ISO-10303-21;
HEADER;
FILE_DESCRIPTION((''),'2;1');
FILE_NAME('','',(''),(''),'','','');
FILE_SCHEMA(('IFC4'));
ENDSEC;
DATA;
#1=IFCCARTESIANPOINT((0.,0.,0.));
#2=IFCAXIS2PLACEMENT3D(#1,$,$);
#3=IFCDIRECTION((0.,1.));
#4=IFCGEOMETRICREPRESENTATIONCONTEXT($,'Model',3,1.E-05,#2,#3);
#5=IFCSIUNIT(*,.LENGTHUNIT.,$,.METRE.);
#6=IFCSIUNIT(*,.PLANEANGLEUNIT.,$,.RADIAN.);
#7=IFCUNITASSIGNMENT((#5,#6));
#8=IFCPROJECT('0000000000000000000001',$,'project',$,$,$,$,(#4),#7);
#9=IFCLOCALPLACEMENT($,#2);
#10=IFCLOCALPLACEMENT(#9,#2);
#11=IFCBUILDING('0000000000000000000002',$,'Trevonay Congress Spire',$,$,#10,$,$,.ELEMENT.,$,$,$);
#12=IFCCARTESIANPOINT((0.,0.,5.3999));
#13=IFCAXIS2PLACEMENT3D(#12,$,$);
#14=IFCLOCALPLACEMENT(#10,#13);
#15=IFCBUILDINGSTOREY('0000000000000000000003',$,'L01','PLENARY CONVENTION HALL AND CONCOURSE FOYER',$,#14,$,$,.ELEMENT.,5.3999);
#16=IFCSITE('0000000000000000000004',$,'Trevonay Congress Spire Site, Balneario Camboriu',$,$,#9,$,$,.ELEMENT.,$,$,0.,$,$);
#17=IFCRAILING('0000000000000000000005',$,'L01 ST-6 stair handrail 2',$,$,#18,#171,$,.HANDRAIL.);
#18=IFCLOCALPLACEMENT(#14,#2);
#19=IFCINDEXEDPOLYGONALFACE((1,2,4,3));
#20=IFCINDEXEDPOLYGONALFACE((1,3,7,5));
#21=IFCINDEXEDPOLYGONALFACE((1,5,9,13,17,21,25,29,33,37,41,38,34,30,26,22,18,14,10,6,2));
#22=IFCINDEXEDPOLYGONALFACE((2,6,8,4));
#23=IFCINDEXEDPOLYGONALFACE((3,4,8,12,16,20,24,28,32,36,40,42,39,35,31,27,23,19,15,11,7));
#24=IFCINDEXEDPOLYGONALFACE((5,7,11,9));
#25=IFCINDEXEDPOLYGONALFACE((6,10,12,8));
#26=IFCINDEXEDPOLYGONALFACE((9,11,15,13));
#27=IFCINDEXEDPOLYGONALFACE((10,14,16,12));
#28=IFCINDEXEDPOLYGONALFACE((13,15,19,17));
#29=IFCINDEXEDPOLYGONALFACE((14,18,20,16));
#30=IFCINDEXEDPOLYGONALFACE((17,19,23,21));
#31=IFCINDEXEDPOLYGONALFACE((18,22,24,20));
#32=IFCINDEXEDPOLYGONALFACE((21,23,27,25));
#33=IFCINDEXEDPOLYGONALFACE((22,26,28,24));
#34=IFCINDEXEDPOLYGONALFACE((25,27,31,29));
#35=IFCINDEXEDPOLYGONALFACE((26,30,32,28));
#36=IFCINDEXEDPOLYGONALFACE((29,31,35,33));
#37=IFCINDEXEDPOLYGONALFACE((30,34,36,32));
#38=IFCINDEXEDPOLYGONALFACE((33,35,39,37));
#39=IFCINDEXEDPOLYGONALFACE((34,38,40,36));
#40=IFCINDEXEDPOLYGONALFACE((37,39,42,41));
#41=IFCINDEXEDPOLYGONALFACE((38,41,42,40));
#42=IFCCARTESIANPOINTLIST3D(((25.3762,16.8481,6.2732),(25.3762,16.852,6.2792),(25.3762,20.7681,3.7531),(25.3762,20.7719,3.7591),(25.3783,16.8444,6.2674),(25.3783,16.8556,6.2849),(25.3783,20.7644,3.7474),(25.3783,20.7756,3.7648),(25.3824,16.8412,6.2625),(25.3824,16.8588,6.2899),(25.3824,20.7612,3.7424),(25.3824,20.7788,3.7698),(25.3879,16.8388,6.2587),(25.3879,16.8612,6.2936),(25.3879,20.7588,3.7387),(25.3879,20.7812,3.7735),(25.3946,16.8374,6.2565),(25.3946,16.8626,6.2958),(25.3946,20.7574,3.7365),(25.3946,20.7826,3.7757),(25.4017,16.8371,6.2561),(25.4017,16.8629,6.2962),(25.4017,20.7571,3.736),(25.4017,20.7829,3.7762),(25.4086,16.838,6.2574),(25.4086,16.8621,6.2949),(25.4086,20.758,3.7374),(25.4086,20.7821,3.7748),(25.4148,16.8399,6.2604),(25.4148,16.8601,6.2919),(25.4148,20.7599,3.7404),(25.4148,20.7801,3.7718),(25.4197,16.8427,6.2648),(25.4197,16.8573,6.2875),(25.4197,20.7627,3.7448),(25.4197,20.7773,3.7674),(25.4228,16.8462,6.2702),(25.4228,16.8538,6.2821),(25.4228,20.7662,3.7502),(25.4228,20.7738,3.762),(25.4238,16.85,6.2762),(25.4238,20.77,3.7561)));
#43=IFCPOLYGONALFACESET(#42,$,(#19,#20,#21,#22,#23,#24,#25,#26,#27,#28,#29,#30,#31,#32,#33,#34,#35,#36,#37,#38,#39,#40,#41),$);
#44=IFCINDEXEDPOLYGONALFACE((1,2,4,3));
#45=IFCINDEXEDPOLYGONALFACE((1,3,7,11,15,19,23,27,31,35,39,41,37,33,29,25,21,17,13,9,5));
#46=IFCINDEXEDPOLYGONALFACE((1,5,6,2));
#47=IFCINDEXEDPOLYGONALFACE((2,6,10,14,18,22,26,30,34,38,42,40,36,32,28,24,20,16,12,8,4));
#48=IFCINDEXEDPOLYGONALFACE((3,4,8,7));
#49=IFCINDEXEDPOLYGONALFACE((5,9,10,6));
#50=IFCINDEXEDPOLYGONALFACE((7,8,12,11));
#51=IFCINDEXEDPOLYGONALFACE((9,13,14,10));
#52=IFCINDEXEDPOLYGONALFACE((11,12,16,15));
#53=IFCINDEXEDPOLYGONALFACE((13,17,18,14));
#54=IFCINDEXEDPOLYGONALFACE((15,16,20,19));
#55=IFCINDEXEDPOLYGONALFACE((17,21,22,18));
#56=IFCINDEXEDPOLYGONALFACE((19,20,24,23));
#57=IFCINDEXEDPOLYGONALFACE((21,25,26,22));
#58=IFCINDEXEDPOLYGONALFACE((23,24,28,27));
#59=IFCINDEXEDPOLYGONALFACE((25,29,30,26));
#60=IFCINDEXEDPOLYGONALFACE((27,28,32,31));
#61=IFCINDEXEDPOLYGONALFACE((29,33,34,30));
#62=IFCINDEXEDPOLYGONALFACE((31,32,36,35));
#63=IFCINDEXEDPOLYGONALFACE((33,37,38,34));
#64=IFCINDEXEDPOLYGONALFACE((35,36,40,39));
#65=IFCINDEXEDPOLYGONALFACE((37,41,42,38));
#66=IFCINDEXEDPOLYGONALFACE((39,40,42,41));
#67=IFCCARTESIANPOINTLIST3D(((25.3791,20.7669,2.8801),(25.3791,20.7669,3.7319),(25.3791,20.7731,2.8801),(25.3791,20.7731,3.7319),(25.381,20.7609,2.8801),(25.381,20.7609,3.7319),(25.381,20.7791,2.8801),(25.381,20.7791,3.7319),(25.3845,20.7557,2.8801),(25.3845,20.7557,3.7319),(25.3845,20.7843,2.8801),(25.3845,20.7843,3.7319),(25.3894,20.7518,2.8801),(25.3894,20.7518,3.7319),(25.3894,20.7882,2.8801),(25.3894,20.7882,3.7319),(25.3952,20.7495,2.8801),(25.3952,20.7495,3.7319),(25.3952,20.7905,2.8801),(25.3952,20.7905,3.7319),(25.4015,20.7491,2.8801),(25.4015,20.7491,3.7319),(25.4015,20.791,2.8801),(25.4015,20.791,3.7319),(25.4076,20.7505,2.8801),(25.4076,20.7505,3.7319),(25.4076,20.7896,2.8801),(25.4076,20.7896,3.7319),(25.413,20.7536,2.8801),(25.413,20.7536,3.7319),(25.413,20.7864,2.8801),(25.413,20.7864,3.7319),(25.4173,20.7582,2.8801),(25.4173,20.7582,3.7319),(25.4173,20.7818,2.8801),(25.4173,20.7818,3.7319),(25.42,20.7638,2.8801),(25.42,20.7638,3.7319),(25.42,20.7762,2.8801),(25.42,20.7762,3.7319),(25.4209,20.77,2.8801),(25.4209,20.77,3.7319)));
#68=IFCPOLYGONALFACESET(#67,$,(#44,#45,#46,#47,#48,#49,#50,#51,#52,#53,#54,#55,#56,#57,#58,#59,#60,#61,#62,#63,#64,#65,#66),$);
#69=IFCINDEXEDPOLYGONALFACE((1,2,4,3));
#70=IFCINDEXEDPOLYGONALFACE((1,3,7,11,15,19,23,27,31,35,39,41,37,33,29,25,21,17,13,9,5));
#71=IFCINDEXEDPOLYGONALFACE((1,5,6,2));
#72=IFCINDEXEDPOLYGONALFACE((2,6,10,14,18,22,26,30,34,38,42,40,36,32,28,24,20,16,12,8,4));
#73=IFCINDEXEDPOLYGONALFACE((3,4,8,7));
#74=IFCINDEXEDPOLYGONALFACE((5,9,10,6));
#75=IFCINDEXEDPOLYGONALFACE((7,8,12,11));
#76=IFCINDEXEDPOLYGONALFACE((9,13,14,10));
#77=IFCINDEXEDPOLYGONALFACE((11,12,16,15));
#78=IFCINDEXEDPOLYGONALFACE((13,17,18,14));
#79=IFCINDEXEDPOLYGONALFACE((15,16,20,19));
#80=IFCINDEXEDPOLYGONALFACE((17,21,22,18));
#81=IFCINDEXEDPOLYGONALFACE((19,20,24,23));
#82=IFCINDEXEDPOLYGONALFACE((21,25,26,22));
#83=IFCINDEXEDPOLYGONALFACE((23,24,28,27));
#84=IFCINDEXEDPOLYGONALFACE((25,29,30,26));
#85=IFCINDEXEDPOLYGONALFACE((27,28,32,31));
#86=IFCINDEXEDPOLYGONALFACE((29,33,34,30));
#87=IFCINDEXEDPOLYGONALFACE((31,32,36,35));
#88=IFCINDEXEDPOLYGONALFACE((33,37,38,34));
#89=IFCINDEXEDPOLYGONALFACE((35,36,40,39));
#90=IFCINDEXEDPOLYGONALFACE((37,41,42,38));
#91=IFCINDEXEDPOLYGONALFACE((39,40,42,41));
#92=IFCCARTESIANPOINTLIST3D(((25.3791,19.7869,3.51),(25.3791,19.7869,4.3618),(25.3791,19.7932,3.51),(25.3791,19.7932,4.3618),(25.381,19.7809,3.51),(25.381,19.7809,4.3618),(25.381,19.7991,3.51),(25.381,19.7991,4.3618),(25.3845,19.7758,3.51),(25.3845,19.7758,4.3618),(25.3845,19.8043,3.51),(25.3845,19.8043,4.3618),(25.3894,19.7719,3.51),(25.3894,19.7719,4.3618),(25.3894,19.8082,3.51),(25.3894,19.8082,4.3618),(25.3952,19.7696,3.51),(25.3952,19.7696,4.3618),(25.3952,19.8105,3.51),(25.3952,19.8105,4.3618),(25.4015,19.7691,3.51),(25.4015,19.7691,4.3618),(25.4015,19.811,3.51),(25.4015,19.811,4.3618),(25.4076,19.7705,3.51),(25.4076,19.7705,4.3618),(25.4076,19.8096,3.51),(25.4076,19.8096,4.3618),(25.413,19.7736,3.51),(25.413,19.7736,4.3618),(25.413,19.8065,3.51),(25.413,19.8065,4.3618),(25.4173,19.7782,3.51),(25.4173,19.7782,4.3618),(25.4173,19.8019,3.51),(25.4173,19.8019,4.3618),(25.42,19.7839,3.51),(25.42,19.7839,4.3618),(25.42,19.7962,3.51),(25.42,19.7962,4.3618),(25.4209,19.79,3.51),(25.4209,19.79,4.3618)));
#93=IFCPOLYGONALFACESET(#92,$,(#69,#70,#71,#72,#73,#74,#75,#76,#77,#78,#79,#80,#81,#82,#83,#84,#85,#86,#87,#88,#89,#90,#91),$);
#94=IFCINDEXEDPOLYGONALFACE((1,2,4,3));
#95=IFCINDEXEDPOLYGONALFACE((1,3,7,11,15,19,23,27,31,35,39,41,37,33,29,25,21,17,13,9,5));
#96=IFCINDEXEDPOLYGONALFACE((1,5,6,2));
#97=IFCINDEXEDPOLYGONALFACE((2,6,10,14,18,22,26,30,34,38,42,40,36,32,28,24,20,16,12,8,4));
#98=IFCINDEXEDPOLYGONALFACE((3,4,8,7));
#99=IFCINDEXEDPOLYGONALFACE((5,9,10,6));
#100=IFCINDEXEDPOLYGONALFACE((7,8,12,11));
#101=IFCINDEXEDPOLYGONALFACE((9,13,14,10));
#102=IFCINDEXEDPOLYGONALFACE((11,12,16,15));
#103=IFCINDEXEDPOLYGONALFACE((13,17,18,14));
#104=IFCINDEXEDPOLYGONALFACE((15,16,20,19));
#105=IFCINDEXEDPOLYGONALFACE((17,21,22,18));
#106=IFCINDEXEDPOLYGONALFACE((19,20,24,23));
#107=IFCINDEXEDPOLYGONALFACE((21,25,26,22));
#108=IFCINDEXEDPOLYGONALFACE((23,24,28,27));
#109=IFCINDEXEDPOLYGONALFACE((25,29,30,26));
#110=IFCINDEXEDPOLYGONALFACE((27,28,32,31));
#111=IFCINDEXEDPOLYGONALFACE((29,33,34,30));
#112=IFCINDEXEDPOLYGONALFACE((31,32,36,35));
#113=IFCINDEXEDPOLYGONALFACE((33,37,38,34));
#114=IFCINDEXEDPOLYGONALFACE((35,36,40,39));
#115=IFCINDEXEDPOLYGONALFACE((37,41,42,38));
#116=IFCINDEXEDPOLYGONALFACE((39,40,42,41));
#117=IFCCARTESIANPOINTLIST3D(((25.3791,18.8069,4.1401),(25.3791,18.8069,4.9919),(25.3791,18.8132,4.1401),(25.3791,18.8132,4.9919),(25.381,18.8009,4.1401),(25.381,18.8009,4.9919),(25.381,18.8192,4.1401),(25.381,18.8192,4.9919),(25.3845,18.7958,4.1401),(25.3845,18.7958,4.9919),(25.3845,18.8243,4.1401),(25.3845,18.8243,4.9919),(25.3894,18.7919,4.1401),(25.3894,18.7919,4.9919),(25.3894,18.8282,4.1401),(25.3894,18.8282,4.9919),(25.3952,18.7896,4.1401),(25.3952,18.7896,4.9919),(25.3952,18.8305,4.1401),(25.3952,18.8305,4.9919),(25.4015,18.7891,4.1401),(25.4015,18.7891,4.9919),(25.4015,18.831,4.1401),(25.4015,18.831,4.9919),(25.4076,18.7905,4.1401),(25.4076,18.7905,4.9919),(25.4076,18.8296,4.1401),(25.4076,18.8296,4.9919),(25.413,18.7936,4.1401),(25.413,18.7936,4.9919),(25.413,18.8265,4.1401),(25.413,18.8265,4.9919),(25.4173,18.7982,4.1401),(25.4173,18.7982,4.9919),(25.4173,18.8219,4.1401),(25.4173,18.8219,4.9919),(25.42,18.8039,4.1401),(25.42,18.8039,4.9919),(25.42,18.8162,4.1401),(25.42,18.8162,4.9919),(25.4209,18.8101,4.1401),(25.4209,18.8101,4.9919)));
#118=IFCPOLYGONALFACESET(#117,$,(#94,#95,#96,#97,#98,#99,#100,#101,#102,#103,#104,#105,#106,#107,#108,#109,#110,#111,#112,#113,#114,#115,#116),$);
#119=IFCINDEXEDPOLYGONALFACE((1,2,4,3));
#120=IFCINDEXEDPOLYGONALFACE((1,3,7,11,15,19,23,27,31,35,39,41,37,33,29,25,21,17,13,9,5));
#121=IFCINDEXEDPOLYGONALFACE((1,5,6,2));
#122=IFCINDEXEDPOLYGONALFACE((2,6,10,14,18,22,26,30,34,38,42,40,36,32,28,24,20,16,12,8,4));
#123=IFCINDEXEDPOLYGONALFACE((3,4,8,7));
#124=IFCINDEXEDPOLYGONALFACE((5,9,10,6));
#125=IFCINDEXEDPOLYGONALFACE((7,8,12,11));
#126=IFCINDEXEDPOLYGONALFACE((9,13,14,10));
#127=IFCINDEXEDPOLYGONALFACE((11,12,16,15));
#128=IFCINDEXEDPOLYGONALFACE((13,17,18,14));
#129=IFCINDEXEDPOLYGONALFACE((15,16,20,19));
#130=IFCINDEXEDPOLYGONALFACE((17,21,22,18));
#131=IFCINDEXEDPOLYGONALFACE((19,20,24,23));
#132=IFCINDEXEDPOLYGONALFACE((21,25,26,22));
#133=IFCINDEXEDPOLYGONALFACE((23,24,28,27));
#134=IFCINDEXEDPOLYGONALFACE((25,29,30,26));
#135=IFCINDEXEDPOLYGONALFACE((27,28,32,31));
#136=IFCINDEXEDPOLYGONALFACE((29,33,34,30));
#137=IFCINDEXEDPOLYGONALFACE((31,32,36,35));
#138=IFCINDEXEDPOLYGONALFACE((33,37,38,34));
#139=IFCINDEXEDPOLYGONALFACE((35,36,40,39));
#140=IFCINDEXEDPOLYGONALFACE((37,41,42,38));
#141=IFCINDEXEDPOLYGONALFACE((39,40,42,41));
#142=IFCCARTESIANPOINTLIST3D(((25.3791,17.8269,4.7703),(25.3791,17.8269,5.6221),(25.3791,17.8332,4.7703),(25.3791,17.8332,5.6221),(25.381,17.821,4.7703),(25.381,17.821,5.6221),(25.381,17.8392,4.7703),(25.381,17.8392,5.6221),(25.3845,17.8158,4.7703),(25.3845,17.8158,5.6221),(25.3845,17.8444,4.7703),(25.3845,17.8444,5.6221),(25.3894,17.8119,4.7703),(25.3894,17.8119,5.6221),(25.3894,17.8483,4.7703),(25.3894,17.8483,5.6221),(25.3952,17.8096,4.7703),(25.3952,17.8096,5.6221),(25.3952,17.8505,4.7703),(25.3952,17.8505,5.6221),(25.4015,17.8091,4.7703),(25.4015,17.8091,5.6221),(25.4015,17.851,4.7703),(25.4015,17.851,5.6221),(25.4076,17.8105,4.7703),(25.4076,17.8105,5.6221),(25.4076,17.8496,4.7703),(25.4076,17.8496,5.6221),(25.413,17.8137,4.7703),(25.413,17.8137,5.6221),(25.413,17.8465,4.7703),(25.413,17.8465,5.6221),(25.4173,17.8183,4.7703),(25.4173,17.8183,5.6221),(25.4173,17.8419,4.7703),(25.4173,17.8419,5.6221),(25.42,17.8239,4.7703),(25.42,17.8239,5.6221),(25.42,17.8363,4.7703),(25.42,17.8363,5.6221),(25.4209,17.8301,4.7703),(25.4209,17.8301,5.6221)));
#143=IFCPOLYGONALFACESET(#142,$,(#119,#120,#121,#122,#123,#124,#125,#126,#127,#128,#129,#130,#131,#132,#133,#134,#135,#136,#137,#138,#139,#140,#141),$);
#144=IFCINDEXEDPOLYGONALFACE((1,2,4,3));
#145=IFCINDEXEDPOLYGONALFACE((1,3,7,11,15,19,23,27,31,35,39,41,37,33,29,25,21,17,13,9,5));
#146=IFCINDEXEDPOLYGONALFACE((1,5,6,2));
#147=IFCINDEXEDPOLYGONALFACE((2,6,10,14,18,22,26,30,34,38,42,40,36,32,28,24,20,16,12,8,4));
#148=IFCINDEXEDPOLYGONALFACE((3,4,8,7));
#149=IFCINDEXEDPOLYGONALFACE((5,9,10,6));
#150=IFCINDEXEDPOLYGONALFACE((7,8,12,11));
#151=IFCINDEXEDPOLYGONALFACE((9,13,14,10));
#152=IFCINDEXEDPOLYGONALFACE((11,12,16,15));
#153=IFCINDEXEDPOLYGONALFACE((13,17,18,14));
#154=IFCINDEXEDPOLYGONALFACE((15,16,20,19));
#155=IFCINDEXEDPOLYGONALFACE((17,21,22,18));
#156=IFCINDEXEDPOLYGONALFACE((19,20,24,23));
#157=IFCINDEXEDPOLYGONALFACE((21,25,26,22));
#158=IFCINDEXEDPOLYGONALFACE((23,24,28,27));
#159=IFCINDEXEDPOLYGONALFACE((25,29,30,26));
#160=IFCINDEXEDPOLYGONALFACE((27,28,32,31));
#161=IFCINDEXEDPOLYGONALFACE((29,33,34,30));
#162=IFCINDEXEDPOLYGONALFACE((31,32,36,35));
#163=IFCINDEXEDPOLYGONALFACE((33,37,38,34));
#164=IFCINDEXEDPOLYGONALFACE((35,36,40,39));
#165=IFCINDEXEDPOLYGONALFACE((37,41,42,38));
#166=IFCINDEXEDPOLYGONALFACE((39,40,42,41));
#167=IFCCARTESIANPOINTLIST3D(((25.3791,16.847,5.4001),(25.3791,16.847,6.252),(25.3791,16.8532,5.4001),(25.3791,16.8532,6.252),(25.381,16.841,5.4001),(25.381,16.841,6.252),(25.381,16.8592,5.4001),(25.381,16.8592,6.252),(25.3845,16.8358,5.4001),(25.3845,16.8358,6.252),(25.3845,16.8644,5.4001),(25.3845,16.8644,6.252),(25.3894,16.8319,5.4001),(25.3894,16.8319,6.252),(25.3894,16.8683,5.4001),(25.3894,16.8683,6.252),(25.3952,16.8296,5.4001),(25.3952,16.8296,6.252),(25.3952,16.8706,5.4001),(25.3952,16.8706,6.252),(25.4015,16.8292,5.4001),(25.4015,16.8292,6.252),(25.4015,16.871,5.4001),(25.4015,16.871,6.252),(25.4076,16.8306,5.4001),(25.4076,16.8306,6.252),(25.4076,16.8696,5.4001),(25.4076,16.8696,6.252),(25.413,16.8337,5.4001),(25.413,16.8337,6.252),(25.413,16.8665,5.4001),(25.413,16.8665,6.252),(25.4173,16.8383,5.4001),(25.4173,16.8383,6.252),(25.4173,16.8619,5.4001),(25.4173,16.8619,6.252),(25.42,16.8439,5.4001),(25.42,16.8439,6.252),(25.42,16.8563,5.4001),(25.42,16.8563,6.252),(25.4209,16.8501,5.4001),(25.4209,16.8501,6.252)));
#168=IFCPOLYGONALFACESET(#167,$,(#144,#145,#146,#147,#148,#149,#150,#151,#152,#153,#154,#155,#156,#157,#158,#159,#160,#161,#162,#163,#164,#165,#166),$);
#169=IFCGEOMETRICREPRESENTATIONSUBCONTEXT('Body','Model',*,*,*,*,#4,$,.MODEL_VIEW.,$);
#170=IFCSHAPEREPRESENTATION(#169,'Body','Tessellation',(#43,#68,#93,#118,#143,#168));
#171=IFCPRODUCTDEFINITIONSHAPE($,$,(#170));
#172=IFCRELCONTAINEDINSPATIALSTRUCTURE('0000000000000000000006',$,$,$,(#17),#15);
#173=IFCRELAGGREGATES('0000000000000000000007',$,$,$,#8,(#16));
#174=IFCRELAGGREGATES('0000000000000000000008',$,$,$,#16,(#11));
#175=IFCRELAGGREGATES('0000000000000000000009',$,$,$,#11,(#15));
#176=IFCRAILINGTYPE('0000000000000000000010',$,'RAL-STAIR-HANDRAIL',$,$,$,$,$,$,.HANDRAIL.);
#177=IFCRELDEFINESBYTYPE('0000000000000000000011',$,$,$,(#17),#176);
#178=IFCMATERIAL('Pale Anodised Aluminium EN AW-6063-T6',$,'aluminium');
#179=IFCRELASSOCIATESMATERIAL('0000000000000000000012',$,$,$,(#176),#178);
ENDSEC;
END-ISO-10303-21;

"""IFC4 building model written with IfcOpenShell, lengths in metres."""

from ifc_helpers import new_model, si_unit, direction, frame, origin, origin_2d, place, context, subcontext, project, spatial, circle, extrude, material, type_object, element, save


model = new_model("IFC4")

# Units and contexts
model_context = context("Model", 3, precision=1e-05, world=origin(), true_north=direction((0.0, 1.0)))
body_context = subcontext(model_context, "Body", "Model", "MODEL_VIEW")
ifc_project = project(units=[si_unit("LENGTHUNIT", "METRE"), si_unit("PLANEANGLEUNIT", "RADIAN")], contexts=[model_context])

# Site, building, storey
site_placement = place(None, origin())
site = spatial("IfcSite", under=ifc_project, at=site_placement, Name="Trevonay Congress Spire Site, Balneario Camboriu", CompositionType="ELEMENT", RefElevation=0.0)
building_placement = place(site_placement, origin())
building = spatial("IfcBuilding", under=site, at=building_placement, Name="Trevonay Congress Spire", CompositionType="ELEMENT")
storey_placement = place(building_placement, frame((0.0, 0.0, 5.3999)))
storey = spatial("IfcBuildingStorey", under=building, at=storey_placement, Name="L01", Description="PLENARY CONVENTION HALL AND CONCOURSE FOYER", CompositionType="ELEMENT", Elevation=5.3999)

# Shared definitions
ifc_material_1 = material(Name="Pale Anodised Aluminium EN AW-6063-T6", Category="aluminium")

# Railing
railing_type_1 = type_object("IfcRailingType", Name="RAL-STAIR-HANDRAIL", PredefinedType="HANDRAIL", material=ifc_material_1)
railing_1_placement = place(storey_placement, frame((25.3999, 20.77, 2.8801)))
element("IfcRailing", 1, at=railing_1_placement, inside=storey, type_object=railing_type_1, Name="L01 ST-6 stair handrail 2", PredefinedType="HANDRAIL", context=body_context, shape_type="SweptSolid", body=[
    extrude(circle(Radius=0.0239, at=origin_2d()), frame((0.0, 0.0, 0.876), z_axis=(0.0, -0.841172, 0.540768), x_axis=(1.0, 0.0, 0.0)), (0.0, 0.0, 1.0), 4.6602),
    extrude(circle(Radius=0.021, at=origin_2d()), origin(), (0.0, 0.0, 1.0), 0.8518),
    extrude(circle(Radius=0.021, at=origin_2d()), frame((0.0, -0.98, 0.6299)), (0.0, 0.0, 1.0), 0.8518),
    extrude(circle(Radius=0.021, at=origin_2d()), frame((0.0, -1.96, 1.26)), (0.0, 0.0, 1.0), 0.8518),
    extrude(circle(Radius=0.021, at=origin_2d()), frame((0.0, -2.9399, 1.8901)), (0.0, 0.0, 1.0), 0.8518),
    extrude(circle(Radius=0.021, at=origin_2d()), frame((0.0, -3.9199, 2.52)), (0.0, 0.0, 1.0), 0.8518),
])

save(model, "model.ifc")
